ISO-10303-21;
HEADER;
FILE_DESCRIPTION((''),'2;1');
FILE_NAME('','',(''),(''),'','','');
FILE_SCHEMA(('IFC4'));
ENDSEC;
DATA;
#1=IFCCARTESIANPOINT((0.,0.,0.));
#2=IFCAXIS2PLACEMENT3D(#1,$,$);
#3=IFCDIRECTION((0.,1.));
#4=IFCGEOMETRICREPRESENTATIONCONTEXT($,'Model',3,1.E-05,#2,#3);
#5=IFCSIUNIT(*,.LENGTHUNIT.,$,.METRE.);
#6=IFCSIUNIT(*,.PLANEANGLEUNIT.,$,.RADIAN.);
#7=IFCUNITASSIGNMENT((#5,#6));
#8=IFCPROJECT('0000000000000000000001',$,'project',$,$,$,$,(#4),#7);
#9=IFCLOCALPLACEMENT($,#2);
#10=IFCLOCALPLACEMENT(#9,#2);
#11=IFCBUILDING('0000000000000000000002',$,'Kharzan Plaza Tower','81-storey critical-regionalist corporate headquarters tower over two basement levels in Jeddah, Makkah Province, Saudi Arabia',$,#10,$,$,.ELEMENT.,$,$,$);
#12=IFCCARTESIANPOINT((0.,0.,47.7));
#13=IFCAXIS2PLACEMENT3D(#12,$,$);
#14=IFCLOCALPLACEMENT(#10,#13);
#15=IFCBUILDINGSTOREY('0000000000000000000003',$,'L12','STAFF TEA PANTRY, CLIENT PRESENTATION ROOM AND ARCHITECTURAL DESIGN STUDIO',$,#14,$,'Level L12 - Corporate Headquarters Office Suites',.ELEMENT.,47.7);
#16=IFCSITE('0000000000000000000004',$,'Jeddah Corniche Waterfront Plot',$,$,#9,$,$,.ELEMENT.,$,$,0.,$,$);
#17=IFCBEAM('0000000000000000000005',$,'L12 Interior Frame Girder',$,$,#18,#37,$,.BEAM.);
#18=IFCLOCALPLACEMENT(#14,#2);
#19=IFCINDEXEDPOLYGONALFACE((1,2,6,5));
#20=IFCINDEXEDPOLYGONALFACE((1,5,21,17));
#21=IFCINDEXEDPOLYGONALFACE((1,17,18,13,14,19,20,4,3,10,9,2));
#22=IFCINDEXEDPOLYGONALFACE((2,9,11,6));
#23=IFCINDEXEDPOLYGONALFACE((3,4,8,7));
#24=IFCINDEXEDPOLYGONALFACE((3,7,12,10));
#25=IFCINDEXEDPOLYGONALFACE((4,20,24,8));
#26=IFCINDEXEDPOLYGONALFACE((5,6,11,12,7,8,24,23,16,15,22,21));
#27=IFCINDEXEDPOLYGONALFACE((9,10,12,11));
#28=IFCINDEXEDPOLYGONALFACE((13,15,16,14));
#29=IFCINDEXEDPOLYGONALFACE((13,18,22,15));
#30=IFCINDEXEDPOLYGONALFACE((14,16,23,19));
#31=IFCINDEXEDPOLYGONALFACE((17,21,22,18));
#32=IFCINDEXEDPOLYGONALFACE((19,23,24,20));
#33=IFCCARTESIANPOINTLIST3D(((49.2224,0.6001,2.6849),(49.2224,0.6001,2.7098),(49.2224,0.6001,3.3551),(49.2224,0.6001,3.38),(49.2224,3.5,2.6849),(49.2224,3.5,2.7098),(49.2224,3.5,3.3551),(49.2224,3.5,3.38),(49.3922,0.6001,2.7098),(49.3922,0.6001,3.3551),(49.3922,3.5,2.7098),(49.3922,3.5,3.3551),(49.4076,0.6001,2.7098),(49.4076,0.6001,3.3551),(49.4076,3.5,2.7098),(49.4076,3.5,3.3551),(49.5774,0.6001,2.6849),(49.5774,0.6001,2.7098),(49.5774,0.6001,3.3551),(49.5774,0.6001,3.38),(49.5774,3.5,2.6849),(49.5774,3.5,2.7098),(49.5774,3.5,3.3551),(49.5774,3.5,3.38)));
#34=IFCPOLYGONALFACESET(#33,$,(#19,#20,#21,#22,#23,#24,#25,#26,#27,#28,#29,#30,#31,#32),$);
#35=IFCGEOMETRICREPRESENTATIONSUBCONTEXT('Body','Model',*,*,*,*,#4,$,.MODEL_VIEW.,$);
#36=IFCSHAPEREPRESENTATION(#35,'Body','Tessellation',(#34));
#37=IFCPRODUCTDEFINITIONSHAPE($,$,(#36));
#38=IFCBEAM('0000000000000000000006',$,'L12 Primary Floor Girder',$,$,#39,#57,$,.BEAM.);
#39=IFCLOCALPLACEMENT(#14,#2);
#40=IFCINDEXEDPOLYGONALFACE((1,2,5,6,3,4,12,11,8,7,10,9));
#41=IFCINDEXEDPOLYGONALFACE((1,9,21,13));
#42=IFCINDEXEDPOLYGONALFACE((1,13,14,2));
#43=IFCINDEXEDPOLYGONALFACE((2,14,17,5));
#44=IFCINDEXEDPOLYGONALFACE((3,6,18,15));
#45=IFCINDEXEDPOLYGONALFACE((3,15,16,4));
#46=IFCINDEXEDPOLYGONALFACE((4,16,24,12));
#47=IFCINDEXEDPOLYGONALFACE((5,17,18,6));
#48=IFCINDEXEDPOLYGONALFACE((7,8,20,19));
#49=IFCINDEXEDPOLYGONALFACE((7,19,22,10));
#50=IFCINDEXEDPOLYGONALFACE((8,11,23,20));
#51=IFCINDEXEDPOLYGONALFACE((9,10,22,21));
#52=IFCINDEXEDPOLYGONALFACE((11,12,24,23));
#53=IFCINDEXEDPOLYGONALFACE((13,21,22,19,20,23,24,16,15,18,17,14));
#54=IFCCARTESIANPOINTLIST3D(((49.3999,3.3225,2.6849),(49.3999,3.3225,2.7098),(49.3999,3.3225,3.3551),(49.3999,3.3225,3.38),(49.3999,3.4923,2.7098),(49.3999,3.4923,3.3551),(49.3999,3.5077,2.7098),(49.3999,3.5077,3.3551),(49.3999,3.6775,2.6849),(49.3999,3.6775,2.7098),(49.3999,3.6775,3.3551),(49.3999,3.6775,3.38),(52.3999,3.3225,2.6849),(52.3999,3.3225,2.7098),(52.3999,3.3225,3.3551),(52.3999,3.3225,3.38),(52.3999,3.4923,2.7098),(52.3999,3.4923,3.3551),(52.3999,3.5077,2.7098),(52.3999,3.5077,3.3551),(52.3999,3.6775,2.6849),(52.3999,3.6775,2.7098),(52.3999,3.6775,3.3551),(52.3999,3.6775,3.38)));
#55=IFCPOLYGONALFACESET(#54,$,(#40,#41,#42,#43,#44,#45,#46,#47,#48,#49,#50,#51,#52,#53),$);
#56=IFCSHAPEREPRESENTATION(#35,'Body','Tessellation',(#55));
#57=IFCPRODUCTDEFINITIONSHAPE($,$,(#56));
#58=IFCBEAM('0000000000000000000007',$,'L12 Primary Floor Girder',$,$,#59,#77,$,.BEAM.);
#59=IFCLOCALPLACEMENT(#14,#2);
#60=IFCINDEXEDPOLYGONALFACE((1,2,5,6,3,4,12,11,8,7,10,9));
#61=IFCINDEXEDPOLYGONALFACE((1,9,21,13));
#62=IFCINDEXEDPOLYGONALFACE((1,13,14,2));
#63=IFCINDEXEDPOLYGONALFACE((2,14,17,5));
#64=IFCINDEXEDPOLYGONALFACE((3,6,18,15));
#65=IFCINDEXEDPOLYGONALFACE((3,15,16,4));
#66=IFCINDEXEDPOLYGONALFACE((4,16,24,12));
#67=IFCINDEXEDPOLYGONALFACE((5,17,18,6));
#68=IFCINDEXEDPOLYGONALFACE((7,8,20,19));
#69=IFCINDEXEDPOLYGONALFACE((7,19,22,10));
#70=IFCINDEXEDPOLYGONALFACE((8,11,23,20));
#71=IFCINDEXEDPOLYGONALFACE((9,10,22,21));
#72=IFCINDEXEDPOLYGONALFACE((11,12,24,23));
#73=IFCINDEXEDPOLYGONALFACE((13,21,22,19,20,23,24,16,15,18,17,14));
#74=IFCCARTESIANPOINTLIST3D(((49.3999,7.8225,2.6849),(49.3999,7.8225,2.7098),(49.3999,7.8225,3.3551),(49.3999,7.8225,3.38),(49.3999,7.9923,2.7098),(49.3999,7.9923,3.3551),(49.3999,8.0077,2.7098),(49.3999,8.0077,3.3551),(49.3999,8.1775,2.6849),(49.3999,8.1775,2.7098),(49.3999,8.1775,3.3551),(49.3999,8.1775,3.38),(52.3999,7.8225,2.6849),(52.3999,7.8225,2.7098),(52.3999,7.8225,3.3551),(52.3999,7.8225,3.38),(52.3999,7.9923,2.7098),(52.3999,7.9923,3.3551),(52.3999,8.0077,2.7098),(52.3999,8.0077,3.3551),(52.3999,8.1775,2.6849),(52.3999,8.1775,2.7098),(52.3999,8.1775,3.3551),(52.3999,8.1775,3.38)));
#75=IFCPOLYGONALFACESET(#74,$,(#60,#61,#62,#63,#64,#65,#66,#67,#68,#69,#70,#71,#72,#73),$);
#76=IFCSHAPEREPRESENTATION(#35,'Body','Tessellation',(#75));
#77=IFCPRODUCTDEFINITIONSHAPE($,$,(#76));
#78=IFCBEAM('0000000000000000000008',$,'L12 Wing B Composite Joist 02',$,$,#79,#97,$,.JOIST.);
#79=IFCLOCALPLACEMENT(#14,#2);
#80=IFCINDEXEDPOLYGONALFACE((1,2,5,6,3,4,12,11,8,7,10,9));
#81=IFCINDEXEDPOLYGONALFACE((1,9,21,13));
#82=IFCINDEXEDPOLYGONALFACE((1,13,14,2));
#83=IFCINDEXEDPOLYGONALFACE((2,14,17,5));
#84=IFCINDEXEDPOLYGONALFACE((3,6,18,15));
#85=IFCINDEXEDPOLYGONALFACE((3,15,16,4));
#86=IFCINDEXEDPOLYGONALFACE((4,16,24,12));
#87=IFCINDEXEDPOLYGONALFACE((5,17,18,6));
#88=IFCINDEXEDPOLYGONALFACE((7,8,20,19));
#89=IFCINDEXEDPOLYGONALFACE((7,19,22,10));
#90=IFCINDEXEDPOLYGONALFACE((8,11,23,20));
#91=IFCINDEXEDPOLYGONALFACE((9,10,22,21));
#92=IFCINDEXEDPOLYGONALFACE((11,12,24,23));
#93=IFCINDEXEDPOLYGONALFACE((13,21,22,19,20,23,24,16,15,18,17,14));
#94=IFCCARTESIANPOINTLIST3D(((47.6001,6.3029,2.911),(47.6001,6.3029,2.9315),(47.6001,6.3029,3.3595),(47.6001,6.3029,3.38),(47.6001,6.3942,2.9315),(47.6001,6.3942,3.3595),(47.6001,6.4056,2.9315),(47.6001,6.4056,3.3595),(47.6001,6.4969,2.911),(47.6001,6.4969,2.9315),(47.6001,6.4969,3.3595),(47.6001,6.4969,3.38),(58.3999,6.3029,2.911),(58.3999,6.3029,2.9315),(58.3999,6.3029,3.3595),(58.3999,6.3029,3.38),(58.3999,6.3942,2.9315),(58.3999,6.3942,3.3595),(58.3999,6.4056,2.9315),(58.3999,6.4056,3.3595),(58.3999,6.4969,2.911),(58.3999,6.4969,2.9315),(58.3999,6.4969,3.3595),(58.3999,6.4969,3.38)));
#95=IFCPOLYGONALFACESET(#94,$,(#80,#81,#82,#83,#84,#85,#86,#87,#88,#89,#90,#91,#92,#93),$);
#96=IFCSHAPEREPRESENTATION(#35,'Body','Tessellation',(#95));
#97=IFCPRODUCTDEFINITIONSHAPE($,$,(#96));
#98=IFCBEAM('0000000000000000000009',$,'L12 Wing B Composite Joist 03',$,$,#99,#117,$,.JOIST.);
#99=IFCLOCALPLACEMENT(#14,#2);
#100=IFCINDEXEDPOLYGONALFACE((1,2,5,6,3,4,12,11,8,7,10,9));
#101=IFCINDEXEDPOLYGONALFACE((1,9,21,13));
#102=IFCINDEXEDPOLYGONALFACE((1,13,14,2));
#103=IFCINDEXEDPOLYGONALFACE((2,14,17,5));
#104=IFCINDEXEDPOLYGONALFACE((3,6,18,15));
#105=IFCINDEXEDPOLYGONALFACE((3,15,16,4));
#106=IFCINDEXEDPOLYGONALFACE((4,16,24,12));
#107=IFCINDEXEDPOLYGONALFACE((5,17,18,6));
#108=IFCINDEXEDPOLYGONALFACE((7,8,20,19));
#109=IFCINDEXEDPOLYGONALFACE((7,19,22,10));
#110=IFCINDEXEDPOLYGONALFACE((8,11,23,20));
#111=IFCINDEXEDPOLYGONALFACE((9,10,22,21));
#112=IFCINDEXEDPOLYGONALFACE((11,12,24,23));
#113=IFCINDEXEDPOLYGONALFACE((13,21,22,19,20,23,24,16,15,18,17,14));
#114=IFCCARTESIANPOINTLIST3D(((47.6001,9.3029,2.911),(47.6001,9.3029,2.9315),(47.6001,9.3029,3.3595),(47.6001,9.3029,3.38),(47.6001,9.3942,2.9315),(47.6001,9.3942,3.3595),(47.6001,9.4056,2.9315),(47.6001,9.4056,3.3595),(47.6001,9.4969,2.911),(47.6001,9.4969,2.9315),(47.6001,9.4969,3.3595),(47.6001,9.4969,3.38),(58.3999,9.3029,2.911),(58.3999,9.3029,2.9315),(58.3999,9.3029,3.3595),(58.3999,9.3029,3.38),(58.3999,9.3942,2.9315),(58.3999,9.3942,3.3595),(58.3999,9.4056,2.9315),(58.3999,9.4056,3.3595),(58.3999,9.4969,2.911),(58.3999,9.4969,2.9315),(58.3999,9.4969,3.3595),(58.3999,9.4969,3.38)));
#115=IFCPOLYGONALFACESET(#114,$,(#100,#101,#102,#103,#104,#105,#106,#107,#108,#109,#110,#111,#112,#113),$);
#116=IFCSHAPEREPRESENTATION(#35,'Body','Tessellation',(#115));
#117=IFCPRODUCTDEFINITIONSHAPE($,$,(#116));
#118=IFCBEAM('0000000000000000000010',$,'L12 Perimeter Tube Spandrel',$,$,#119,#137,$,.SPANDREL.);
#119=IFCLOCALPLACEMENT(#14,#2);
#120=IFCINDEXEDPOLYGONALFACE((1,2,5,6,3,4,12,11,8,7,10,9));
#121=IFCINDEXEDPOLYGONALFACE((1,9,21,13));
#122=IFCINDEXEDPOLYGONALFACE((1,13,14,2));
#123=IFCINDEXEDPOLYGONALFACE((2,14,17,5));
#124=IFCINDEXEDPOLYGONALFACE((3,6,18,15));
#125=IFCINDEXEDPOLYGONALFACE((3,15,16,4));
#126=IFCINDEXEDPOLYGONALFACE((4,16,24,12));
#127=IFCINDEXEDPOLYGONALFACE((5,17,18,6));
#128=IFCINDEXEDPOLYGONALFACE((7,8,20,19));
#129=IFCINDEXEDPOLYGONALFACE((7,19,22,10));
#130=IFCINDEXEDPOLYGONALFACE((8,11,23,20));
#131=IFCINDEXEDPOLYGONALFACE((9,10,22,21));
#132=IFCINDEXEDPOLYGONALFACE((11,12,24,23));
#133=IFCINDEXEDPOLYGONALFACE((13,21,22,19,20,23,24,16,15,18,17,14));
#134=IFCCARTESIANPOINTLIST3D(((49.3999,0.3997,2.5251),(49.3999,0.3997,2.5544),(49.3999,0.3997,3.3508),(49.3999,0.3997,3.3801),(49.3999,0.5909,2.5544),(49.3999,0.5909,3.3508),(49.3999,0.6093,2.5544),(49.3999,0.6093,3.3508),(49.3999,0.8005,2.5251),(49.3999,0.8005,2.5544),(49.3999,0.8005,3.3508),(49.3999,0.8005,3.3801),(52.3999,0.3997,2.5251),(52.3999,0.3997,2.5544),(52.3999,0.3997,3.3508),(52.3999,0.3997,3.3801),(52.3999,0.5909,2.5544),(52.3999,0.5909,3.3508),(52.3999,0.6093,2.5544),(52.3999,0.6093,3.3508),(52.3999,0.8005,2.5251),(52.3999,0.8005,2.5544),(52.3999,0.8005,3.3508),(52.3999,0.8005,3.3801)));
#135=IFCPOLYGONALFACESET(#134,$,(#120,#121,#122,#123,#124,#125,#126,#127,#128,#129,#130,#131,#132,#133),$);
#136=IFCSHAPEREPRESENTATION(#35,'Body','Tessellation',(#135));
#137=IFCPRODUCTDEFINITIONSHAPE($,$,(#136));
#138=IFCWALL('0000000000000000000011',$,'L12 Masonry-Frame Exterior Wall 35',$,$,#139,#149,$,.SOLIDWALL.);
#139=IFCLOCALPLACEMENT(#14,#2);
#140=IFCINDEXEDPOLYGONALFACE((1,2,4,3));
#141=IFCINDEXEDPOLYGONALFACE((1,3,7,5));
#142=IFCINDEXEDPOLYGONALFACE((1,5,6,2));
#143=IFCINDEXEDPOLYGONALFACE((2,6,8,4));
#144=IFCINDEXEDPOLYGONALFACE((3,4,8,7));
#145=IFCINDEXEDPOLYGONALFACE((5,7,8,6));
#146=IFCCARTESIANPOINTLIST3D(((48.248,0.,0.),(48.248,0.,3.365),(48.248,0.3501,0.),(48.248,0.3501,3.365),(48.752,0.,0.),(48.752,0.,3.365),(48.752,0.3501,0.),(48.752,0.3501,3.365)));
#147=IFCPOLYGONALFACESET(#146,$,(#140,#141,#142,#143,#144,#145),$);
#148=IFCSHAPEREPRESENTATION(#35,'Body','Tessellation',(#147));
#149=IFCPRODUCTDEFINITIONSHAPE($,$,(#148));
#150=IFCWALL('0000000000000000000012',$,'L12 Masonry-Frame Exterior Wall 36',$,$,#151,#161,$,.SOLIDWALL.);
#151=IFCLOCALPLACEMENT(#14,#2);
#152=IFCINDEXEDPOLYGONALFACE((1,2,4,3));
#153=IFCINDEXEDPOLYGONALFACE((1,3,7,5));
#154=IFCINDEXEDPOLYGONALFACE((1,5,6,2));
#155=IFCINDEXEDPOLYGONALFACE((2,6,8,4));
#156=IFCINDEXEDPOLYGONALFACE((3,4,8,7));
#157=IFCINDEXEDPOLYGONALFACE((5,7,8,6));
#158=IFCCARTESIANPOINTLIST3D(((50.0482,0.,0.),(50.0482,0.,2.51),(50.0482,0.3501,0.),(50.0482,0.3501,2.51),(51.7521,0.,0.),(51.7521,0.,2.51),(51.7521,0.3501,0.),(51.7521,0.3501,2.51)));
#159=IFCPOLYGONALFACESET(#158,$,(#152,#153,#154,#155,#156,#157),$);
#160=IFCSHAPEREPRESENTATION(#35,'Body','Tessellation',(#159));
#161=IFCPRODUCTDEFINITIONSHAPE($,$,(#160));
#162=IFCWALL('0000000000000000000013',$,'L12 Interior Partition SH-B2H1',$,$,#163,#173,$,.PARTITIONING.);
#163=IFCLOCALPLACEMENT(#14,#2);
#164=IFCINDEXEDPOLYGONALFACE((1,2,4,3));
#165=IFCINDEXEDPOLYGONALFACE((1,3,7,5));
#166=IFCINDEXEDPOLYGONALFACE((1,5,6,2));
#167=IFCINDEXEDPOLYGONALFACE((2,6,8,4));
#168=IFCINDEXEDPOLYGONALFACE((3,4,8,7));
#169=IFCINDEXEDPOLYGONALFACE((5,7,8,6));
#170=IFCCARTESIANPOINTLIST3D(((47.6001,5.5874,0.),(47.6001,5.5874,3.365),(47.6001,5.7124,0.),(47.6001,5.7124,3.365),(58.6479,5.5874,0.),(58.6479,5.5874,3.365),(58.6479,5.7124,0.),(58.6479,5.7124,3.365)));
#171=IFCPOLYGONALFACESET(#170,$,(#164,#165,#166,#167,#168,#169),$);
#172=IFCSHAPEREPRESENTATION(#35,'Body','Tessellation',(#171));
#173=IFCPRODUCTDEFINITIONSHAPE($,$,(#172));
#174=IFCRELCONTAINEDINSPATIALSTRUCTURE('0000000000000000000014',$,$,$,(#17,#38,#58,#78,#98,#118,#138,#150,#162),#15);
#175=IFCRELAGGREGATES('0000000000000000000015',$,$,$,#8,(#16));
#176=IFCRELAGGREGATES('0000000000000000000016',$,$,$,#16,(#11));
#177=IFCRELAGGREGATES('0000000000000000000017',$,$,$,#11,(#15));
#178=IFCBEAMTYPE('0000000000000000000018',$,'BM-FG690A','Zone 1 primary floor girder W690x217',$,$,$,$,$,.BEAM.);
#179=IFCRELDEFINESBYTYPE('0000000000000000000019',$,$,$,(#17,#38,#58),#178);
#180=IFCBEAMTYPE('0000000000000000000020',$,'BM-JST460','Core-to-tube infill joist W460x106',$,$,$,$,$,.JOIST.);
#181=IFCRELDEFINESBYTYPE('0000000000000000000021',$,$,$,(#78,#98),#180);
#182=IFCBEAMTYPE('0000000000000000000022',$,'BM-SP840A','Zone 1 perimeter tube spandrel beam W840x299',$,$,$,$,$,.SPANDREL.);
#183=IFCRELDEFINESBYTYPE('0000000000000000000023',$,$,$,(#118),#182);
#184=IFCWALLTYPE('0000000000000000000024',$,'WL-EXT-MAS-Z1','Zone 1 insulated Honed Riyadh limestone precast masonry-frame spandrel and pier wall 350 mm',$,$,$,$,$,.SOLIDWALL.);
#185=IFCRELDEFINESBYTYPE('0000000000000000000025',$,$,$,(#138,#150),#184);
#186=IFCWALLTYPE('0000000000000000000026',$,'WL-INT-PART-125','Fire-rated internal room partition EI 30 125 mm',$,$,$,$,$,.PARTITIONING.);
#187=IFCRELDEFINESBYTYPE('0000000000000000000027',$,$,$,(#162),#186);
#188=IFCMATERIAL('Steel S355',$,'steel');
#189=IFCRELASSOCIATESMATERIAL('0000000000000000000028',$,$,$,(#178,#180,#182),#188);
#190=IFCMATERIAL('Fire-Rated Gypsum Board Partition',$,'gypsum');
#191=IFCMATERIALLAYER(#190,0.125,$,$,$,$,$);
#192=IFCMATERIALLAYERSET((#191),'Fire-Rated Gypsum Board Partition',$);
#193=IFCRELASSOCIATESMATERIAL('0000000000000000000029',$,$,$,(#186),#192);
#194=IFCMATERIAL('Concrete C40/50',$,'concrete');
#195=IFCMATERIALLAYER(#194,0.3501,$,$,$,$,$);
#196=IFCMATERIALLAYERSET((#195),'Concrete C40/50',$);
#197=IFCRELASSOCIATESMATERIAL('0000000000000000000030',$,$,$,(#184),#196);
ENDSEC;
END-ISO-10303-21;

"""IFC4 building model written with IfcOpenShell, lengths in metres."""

from ifc_helpers import new_model, si_unit, direction, frame, frame_2d, origin, origin_2d, place, context, subcontext, project, spatial, rectangle, i_section, extrude, source, transform, mapped, material, layer, layer_set, material_profile, profile_set, type_object, element, save


model = new_model("IFC4")

# Units and contexts
model_context = context("Model", 3, precision=1e-05, world=origin(), true_north=direction((0.0, 1.0)))
body_context = subcontext(model_context, "Body", "Model", "MODEL_VIEW")
ifc_project = project(units=[si_unit("LENGTHUNIT", "METRE"), si_unit("PLANEANGLEUNIT", "RADIAN")], contexts=[model_context])

# Site, building, storey
site_placement = place(None, origin())
site = spatial("IfcSite", under=ifc_project, at=site_placement, Name="Jeddah Corniche Waterfront Plot", CompositionType="ELEMENT", RefElevation=0.0)
building_placement = place(site_placement, origin())
building = spatial("IfcBuilding", under=site, at=building_placement, Name="Kharzan Plaza Tower", Description="81-storey critical-regionalist corporate headquarters tower over two basement levels in Jeddah, Makkah Province, Saudi Arabia", CompositionType="ELEMENT")
storey_placement = place(building_placement, frame((0.0, 0.0, 47.7)))
storey = spatial("IfcBuildingStorey", under=building, at=storey_placement, Name="L12", Description="STAFF TEA PANTRY, CLIENT PRESENTATION ROOM AND ARCHITECTURAL DESIGN STUDIO", LongName="Level L12 - Corporate Headquarters Office Suites", CompositionType="ELEMENT", Elevation=47.7)

# Beams
ifc_material_1 = material(Name="Steel S355", Category="steel")
ifc_material_profile_1 = material_profile(ifc_material_1, i_section(OverallWidth=0.355, OverallDepth=0.6951, WebThickness=0.0154, FlangeThickness=0.0249, at=origin_2d()), Name="W690x217")
ifc_profile_set_1 = profile_set([ifc_material_profile_1], Name="Steel S355")
beam_type_1 = type_object("IfcBeamType", Name="BM-FG690A", Description="Zone 1 primary floor girder W690x217", PredefinedType="BEAM", material=ifc_profile_set_1)
shared_shape_1 = source(origin(), body_context, "Body", "SweptSolid", [
    extrude(i_section(OverallWidth=0.355, OverallDepth=0.6951, WebThickness=0.0154, FlangeThickness=0.0249, at=origin_2d()), origin(), (0.0, 0.0, 1.0), 2.8999),
])
for number, where, z_axis, x_axis, name in (
    (1, (49.3999, 0.6001, 3.0325), (0.0, 1.0, 0.0), (-1.0, 0.0, 0.0), "L12 Interior Frame Girder"),
):
    element("IfcBeam", number, at=place(storey_placement, frame(where, z_axis=z_axis, x_axis=x_axis)), inside=storey, type_object=beam_type_1, Name=name, PredefinedType="BEAM", context=body_context, shape_type="MappedRepresentation", body=[
        mapped(shared_shape_1, transform((0.0, 0.0, 0.0), x_axis=(1.0, 0.0, 0.0), y_axis=(0.0, 1.0, 0.0), z_axis=(0.0, 0.0, 1.0))),
    ])
shared_shape_2 = source(origin(), body_context, "Body", "SweptSolid", [
    extrude(i_section(OverallWidth=0.355, OverallDepth=0.6951, WebThickness=0.0154, FlangeThickness=0.0249, at=origin_2d()), origin(), (0.0, 0.0, 1.0), 3.0),
])
for number, where, z_axis, x_axis, name in (
    (2, (49.3999, 3.5, 3.0325), (1.0, 0.0, 0.0), (0.0, 1.0, 0.0), "L12 Primary Floor Girder"),
    (3, (49.3999, 8.0, 3.0325), (1.0, 0.0, 0.0), (0.0, 1.0, 0.0), "L12 Primary Floor Girder"),
):
    element("IfcBeam", number, at=place(storey_placement, frame(where, z_axis=z_axis, x_axis=x_axis)), inside=storey, type_object=beam_type_1, Name=name, PredefinedType="BEAM", context=body_context, shape_type="MappedRepresentation", body=[
        mapped(shared_shape_2, transform((0.0, 0.0, 0.0), x_axis=(1.0, 0.0, 0.0), y_axis=(0.0, 1.0, 0.0), z_axis=(0.0, 0.0, 1.0))),
    ])
ifc_material_profile_2 = material_profile(ifc_material_1, i_section(OverallWidth=0.1941, OverallDepth=0.469, WebThickness=0.0115, FlangeThickness=0.0205, at=origin_2d()), Name="W460x106")
ifc_profile_set_2 = profile_set([ifc_material_profile_2], Name="Steel S355")
beam_type_2 = type_object("IfcBeamType", Name="BM-JST460", Description="Core-to-tube infill joist W460x106", PredefinedType="JOIST", material=ifc_profile_set_2)
shared_shape_3 = source(origin(), body_context, "Body", "SweptSolid", [
    extrude(i_section(OverallWidth=0.1941, OverallDepth=0.469, WebThickness=0.0115, FlangeThickness=0.0205, at=origin_2d()), origin(), (0.0, 0.0, 1.0), 10.7998),
])
for number, where, z_axis, x_axis, name in (
    (4, (47.6001, 6.3999, 3.1455), (1.0, 0.0, 0.0), (0.0, 1.0, 0.0), "L12 Wing B Composite Joist 02"),
    (5, (47.6001, 9.3999, 3.1455), (1.0, 0.0, 0.0), (0.0, 1.0, 0.0), "L12 Wing B Composite Joist 03"),
):
    element("IfcBeam", number, at=place(storey_placement, frame(where, z_axis=z_axis, x_axis=x_axis)), inside=storey, type_object=beam_type_2, Name=name, PredefinedType="JOIST", context=body_context, shape_type="MappedRepresentation", body=[
        mapped(shared_shape_3, transform((0.0, 0.0, 0.0), x_axis=(1.0, 0.0, 0.0), y_axis=(0.0, 1.0, 0.0), z_axis=(0.0, 0.0, 1.0))),
    ])
ifc_material_profile_3 = material_profile(ifc_material_1, i_section(OverallWidth=0.4009, OverallDepth=0.855, WebThickness=0.0183, FlangeThickness=0.0293, at=origin_2d()), Name="W840x299")
ifc_profile_set_3 = profile_set([ifc_material_profile_3], Name="Steel S355")
beam_type_3 = type_object("IfcBeamType", Name="BM-SP840A", Description="Zone 1 perimeter tube spandrel beam W840x299", PredefinedType="SPANDREL", material=ifc_profile_set_3)
shared_shape_4 = source(origin(), body_context, "Body", "SweptSolid", [
    extrude(i_section(OverallWidth=0.4009, OverallDepth=0.855, WebThickness=0.0183, FlangeThickness=0.0293, at=origin_2d()), origin(), (0.0, 0.0, 1.0), 3.0),
])
beam_placement = place(storey_placement, frame((49.3999, 0.6001, 2.9526), z_axis=(1.0, 0.0, 0.0), x_axis=(0.0, 1.0, 0.0)))
element("IfcBeam", 6, at=beam_placement, inside=storey, type_object=beam_type_3, Name="L12 Perimeter Tube Spandrel", PredefinedType="SPANDREL", context=body_context, shape_type="MappedRepresentation", body=[
    mapped(shared_shape_4, transform((0.0, 0.0, 0.0), x_axis=(1.0, 0.0, 0.0), y_axis=(0.0, 1.0, 0.0), z_axis=(0.0, 0.0, 1.0))),
])

# Shared definitions
ifc_material_2 = material(Name="Fire-Rated Gypsum Board Partition", Category="gypsum")
ifc_layer_1 = layer(ifc_material_2, 0.125)
ifc_layer_set_1 = layer_set([ifc_layer_1], Name="Fire-Rated Gypsum Board Partition")
wall_type_1 = type_object("IfcWallType", Name="WL-INT-PART-125", Description="Fire-rated internal room partition EI 30 125 mm", PredefinedType="PARTITIONING", material=ifc_layer_set_1)

# Walls
ifc_material_3 = material(Name="Concrete C40/50", Category="concrete")
ifc_layer_2 = layer(ifc_material_3, 0.3501)
ifc_layer_set_2 = layer_set([ifc_layer_2], Name="Concrete C40/50")
wall_type_2 = type_object("IfcWallType", Name="WL-EXT-MAS-Z1", Description="Zone 1 insulated Honed Riyadh limestone precast masonry-frame spandrel and pier wall 350 mm", PredefinedType="SOLIDWALL", material=ifc_layer_set_2)
shared_shape_5 = source(origin(), body_context, "Body", "SweptSolid", [
    extrude(rectangle(XDim=0.5039, YDim=0.3501, at=frame_2d((0.252, 0.0))), origin(), (0.0, 0.0, 1.0), 3.365),
])
wall_1_placement = place(storey_placement, frame((48.248, 0.175, 0.0), z_axis=(0.0, 0.0, 1.0), x_axis=(1.0, 0.0, 0.0)))
element("IfcWall", 7, at=wall_1_placement, inside=storey, type_object=wall_type_2, Name="L12 Masonry-Frame Exterior Wall 35", PredefinedType="SOLIDWALL", context=body_context, shape_type="MappedRepresentation", body=[
    mapped(shared_shape_5, transform((0.0, 0.0, 0.0), x_axis=(1.0, 0.0, 0.0), y_axis=(0.0, 1.0, 0.0), z_axis=(0.0, 0.0, 1.0))),
])
shared_shape_6 = source(origin(), body_context, "Body", "SweptSolid", [
    extrude(rectangle(XDim=1.7039, YDim=0.3501, at=frame_2d((0.8521, 0.0))), origin(), (0.0, 0.0, 1.0), 2.51),
])
wall_2_placement = place(storey_placement, frame((50.0481, 0.175, 0.0), z_axis=(0.0, 0.0, 1.0), x_axis=(1.0, 0.0, 0.0)))
element("IfcWall", 8, at=wall_2_placement, inside=storey, type_object=wall_type_2, Name="L12 Masonry-Frame Exterior Wall 36", PredefinedType="SOLIDWALL", context=body_context, shape_type="MappedRepresentation", body=[
    mapped(shared_shape_6, transform((0.0, 0.0, 0.0), x_axis=(1.0, 0.0, 0.0), y_axis=(0.0, 1.0, 0.0), z_axis=(0.0, 0.0, 1.0))),
])
shared_shape_7 = source(origin(), body_context, "Body", "SweptSolid", [
    extrude(rectangle(XDim=11.0479, YDim=0.125, at=frame_2d((5.5239, 0.0))), origin(), (0.0, 0.0, 1.0), 3.365),
])
for number, where, z_axis, x_axis, name in (
    (9, (47.6001, 5.6499, 0.0), (0.0, 0.0, 1.0), (1.0, 0.0, 0.0), "L12 Interior Partition SH-B2H1"),
):
    element("IfcWall", number, at=place(storey_placement, frame(where, z_axis=z_axis, x_axis=x_axis)), inside=storey, type_object=wall_type_1, Name=name, PredefinedType="PARTITIONING", context=body_context, shape_type="MappedRepresentation", body=[
        mapped(shared_shape_7, transform((0.0, 0.0, 0.0), x_axis=(1.0, 0.0, 0.0), y_axis=(0.0, 1.0, 0.0), z_axis=(0.0, 0.0, 1.0))),
    ])

save(model, "model.ifc")
